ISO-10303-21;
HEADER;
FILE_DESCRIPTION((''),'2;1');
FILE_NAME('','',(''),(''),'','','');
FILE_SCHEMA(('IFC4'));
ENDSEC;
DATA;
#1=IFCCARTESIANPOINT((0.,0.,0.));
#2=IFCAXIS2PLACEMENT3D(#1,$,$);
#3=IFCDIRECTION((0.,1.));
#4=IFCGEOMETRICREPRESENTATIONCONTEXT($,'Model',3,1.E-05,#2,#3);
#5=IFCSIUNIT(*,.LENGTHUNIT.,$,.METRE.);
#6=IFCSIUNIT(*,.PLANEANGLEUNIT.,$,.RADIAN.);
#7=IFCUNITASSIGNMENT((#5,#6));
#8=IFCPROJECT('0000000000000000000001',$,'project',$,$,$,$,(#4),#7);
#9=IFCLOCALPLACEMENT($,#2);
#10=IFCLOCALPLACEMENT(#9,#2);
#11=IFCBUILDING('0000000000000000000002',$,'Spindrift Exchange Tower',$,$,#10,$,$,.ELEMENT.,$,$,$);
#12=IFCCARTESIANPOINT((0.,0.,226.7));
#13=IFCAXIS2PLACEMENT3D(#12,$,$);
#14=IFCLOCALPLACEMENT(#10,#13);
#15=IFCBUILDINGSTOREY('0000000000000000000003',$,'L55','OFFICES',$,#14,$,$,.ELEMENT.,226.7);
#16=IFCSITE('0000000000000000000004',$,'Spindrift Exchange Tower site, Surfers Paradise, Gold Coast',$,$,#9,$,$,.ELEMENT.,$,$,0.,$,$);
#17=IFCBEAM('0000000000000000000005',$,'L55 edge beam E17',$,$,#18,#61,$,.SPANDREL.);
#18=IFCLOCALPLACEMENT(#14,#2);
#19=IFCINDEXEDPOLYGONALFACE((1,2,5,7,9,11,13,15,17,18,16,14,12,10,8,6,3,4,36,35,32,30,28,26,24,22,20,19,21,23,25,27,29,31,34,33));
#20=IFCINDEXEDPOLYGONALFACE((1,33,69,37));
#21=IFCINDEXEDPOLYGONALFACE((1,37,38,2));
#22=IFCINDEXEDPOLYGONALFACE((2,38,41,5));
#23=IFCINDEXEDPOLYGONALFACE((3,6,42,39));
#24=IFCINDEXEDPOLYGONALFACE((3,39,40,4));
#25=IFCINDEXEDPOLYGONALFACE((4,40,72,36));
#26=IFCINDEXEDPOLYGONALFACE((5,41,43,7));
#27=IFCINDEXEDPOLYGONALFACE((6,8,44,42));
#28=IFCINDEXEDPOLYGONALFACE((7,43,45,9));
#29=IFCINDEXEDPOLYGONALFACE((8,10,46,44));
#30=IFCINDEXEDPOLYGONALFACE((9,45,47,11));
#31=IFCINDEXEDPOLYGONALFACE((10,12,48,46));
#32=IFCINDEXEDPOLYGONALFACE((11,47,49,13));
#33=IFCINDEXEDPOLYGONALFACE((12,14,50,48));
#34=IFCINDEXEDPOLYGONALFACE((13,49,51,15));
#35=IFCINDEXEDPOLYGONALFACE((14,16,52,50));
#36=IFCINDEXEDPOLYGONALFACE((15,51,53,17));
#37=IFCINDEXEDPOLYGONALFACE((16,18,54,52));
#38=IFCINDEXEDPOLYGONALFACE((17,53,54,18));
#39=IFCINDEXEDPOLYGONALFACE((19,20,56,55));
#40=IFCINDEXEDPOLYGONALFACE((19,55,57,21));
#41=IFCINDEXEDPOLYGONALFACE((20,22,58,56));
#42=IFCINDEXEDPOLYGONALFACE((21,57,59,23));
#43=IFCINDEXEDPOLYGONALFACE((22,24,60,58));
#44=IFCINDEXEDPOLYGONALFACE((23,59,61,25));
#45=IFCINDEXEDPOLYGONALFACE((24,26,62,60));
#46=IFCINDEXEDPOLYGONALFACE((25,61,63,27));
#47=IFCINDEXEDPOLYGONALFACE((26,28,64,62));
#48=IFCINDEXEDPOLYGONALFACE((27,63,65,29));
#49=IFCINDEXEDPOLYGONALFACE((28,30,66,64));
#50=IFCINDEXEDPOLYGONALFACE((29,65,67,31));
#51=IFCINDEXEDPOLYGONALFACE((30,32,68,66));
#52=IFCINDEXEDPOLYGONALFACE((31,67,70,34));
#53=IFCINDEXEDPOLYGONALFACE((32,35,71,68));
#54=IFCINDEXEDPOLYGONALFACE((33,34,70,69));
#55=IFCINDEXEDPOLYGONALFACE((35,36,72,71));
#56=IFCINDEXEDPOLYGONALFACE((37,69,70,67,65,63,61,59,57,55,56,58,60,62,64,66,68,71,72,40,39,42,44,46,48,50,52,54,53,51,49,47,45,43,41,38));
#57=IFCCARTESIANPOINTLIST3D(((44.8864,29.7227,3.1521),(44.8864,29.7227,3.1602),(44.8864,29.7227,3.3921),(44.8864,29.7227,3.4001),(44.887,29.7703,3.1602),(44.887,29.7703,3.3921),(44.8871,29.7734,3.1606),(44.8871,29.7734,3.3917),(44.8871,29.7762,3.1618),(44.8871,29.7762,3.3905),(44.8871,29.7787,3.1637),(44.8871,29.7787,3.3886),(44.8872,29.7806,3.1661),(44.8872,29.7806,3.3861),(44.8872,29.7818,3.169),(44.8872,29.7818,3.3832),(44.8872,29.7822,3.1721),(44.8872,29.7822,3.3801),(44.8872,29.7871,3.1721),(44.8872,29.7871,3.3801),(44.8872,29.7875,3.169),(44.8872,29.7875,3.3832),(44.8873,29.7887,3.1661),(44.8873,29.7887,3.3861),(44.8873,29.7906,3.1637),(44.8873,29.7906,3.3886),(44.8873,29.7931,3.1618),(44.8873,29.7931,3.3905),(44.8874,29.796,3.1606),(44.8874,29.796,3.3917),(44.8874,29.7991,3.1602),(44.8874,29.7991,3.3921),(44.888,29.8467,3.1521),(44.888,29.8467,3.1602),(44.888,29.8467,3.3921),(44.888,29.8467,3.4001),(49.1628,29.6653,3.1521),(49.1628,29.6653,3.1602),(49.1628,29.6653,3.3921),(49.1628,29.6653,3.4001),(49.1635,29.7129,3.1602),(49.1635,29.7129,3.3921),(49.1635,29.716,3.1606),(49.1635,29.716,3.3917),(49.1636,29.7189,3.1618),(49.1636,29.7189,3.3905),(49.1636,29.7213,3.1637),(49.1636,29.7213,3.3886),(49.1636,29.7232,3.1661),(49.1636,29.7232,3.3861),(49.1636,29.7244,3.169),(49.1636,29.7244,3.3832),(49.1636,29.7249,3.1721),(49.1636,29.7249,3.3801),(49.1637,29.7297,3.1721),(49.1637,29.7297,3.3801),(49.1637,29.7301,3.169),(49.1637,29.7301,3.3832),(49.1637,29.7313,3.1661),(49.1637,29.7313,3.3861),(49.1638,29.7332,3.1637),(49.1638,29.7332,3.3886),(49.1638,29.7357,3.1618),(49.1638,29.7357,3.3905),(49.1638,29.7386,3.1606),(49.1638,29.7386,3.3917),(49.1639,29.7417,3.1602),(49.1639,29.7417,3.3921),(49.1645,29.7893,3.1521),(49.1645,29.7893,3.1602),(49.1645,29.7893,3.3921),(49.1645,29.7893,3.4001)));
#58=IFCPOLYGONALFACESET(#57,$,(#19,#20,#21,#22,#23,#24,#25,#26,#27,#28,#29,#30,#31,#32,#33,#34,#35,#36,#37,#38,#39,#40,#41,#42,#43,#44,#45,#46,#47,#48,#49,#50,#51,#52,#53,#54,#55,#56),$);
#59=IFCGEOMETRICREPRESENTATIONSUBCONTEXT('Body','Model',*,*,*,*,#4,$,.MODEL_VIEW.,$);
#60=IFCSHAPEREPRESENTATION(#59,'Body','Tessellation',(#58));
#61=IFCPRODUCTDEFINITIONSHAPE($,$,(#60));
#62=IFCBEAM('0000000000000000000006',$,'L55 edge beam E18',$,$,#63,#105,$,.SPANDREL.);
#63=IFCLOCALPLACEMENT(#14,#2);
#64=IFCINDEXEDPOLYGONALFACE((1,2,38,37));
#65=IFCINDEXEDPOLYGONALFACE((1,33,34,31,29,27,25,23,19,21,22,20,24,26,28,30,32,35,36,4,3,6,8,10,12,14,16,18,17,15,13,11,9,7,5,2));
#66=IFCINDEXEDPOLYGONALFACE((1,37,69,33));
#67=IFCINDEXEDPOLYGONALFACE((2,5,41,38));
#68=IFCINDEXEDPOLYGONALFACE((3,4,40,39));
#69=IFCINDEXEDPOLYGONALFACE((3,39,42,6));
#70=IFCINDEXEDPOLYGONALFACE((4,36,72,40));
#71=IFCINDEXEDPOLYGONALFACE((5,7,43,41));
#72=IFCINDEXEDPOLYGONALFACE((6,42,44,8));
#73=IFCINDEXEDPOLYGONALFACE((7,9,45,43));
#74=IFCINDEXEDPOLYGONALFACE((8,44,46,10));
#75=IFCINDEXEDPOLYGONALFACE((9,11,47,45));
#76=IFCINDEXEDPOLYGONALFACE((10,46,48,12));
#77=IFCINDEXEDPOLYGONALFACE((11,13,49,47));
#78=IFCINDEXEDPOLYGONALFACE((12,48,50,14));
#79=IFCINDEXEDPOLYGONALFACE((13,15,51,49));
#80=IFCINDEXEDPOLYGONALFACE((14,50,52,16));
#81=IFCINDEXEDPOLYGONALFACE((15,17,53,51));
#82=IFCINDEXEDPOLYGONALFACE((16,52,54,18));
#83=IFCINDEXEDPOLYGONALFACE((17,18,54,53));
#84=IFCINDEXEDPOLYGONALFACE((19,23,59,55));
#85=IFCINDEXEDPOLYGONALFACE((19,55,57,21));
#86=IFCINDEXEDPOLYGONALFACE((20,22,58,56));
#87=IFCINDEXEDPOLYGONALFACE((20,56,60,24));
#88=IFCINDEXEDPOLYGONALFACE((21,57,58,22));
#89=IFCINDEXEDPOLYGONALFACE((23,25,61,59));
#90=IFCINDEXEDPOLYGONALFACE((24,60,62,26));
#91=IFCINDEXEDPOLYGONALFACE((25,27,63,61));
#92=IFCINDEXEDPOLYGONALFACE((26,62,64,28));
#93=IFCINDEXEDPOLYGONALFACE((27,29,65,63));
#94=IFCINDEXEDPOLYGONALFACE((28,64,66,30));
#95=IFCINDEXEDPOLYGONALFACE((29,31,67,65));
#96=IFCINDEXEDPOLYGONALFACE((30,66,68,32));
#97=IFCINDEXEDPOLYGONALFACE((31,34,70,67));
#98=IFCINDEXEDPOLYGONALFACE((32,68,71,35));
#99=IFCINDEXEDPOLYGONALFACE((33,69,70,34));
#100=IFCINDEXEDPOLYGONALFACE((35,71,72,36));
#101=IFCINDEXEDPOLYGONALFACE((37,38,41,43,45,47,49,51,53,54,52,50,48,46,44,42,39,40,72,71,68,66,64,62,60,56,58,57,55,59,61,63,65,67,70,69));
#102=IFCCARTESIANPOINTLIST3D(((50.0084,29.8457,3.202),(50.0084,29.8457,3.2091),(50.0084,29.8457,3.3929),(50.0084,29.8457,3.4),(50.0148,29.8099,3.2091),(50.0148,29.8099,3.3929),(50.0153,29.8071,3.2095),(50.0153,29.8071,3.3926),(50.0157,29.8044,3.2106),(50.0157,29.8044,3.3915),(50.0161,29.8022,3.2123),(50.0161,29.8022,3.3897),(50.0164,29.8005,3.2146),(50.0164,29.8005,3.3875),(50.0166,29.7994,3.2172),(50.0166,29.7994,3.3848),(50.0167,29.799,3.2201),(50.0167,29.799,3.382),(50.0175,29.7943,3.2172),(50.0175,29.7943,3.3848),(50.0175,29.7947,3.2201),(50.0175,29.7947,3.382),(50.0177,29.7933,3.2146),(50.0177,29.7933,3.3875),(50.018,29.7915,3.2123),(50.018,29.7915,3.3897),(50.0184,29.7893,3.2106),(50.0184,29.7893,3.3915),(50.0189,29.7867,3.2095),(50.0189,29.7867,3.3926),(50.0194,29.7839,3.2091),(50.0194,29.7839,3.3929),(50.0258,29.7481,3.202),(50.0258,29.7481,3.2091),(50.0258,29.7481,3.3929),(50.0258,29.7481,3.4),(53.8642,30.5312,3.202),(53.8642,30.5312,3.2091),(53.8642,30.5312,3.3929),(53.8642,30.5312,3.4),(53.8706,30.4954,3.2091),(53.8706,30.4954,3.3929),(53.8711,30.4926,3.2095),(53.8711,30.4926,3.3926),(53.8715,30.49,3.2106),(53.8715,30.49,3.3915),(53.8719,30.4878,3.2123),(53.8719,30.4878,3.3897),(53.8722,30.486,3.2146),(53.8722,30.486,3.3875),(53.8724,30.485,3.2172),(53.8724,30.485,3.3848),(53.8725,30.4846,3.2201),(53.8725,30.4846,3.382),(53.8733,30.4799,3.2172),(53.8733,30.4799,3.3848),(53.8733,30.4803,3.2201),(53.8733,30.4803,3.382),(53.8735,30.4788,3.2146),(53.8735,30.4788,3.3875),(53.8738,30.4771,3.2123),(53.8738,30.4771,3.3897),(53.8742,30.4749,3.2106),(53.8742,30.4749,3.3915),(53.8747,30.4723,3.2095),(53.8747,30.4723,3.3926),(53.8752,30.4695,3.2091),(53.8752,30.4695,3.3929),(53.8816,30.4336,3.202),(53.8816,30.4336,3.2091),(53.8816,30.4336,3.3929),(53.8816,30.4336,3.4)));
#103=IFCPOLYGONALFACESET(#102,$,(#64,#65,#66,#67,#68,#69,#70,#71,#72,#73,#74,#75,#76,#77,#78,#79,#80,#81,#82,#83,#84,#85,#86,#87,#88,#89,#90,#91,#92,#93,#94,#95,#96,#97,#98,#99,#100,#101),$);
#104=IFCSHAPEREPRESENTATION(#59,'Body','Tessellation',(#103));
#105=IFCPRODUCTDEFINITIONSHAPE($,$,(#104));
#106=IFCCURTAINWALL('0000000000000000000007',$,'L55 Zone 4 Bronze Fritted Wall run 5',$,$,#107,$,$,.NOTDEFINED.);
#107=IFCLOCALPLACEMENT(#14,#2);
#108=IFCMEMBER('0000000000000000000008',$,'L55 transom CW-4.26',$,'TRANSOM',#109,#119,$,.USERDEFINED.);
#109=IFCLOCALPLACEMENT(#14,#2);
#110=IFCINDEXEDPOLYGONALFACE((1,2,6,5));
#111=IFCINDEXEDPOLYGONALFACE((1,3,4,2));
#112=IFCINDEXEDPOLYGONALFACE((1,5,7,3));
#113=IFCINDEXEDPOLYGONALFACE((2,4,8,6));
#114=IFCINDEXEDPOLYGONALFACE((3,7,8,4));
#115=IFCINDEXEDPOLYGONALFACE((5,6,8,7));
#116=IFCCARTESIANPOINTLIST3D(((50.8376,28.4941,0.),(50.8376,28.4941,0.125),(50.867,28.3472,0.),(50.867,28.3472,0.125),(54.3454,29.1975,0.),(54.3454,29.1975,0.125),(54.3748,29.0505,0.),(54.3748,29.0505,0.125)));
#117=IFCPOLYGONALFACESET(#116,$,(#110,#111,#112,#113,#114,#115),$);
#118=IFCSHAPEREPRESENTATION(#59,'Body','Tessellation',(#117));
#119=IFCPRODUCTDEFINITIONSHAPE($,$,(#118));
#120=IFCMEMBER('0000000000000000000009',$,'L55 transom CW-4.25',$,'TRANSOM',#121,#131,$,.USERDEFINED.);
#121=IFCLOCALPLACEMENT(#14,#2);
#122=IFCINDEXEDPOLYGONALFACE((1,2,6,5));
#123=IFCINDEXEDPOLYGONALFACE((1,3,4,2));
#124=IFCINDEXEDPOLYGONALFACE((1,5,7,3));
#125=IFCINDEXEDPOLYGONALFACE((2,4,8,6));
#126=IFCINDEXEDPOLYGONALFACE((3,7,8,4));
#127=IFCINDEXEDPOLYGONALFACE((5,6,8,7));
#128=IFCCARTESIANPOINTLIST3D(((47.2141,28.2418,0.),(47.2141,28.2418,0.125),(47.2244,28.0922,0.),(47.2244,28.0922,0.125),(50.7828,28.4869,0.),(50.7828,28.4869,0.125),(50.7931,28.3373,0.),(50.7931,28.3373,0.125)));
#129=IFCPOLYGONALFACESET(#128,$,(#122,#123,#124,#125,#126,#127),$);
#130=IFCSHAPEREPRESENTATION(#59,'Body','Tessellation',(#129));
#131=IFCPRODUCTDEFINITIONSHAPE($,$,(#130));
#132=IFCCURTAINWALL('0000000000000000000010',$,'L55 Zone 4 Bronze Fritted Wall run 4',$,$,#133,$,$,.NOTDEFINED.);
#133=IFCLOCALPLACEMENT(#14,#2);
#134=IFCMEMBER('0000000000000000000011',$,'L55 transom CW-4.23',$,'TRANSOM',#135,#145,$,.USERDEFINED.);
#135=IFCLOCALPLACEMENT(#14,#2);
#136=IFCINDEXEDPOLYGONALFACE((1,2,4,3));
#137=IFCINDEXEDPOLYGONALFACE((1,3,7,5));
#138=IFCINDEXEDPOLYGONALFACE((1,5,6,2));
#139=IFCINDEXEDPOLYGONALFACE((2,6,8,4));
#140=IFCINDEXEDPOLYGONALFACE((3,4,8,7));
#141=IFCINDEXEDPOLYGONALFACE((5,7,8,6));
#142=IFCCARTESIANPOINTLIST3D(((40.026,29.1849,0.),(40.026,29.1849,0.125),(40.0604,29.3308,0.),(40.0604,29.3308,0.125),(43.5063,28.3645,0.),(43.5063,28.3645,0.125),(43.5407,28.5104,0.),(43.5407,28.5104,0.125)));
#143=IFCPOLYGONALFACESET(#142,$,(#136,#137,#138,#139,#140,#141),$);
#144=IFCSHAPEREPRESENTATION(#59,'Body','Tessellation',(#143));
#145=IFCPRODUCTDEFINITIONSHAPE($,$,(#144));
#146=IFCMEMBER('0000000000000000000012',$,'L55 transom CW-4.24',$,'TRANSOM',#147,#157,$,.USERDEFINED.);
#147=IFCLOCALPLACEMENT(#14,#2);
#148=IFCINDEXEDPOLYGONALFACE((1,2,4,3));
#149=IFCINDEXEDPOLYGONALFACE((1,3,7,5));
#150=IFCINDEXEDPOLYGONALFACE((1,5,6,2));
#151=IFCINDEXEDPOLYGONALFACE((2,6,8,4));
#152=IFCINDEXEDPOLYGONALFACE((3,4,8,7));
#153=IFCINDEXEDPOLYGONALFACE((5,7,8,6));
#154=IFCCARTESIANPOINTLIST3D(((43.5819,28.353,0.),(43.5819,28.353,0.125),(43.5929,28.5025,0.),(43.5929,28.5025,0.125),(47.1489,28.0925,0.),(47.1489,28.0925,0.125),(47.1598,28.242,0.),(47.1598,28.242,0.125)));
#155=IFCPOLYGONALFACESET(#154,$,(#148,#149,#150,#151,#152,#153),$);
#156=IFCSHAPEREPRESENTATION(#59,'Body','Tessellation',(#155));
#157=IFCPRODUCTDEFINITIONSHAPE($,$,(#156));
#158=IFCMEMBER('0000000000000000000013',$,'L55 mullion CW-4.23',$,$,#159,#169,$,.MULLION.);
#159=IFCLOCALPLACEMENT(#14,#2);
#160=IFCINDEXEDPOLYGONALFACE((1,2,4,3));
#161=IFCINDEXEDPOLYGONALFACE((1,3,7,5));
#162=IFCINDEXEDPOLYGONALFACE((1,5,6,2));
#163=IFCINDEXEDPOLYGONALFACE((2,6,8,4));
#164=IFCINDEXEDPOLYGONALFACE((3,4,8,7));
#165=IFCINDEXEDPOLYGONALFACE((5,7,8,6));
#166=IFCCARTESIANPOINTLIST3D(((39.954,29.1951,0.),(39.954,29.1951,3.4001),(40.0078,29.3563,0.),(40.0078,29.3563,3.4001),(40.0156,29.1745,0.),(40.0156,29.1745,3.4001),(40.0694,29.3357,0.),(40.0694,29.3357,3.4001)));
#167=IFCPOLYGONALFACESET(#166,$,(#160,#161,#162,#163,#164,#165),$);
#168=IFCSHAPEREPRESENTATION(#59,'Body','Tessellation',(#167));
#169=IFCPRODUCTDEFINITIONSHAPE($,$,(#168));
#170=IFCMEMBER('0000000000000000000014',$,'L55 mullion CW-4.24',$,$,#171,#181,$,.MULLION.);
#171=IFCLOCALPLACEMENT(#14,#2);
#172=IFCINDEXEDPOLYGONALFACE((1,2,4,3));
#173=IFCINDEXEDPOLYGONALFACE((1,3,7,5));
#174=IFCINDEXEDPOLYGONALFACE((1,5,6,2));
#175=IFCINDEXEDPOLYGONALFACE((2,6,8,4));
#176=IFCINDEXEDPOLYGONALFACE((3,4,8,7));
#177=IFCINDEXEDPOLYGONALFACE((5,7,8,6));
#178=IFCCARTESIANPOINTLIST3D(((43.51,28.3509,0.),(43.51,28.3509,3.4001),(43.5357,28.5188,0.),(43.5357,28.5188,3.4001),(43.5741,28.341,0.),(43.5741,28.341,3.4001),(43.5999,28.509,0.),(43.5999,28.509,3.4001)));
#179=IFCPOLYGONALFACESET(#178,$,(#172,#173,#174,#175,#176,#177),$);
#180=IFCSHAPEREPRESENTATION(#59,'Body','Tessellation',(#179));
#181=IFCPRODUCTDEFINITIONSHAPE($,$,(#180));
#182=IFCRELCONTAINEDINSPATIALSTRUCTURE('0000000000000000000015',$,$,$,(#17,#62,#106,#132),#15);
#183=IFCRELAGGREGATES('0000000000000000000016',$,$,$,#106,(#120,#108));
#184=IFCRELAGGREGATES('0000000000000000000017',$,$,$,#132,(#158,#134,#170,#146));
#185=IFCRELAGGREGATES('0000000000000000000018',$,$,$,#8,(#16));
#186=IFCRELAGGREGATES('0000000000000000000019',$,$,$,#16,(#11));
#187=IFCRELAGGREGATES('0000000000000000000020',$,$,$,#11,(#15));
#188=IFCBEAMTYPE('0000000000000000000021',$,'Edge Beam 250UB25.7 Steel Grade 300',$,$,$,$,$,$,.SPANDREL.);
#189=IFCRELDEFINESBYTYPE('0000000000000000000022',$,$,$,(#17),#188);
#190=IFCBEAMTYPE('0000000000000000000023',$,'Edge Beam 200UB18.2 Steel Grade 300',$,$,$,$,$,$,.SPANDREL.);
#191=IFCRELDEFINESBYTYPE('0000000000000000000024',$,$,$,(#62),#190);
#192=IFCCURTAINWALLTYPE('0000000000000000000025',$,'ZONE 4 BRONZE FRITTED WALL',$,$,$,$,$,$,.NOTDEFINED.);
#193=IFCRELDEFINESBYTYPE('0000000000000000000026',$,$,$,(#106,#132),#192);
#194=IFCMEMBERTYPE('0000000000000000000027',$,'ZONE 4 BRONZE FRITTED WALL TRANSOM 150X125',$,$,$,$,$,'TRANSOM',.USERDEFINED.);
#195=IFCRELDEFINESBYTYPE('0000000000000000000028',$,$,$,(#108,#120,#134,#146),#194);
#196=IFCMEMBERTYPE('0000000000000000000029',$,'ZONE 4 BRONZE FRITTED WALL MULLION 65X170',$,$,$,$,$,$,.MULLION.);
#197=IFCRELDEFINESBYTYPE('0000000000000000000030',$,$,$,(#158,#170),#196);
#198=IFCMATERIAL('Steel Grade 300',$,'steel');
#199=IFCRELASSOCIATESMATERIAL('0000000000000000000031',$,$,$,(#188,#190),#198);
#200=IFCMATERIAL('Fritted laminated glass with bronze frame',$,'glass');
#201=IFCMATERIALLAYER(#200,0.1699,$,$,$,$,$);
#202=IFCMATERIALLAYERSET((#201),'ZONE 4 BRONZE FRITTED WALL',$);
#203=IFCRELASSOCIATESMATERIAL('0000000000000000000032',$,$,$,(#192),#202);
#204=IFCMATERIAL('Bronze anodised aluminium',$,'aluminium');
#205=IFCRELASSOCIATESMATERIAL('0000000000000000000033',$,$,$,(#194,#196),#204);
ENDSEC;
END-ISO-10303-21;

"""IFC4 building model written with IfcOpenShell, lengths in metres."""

from ifc_helpers import new_model, si_unit, direction, frame, origin, origin_2d, place, context, subcontext, project, spatial, rectangle, i_section, extrude, source, transform, mapped, material, layer, layer_set, material_profile, profile_set, type_object, element, aggregate, save


model = new_model("IFC4")

# Units and contexts
model_context = context("Model", 3, precision=1e-05, world=origin(), true_north=direction((0.0, 1.0)))
body_context = subcontext(model_context, "Body", "Model", "MODEL_VIEW")
ifc_project = project(units=[si_unit("LENGTHUNIT", "METRE"), si_unit("PLANEANGLEUNIT", "RADIAN")], contexts=[model_context])

# Site, building, storey
site_placement = place(None, origin())
site = spatial("IfcSite", under=ifc_project, at=site_placement, Name="Spindrift Exchange Tower site, Surfers Paradise, Gold Coast", CompositionType="ELEMENT", RefElevation=0.0)
building_placement = place(site_placement, origin())
building = spatial("IfcBuilding", under=site, at=building_placement, Name="Spindrift Exchange Tower", CompositionType="ELEMENT")
storey_placement = place(building_placement, frame((0.0, 0.0, 226.7)))
storey = spatial("IfcBuildingStorey", under=building, at=storey_placement, Name="L55", Description="OFFICES", CompositionType="ELEMENT", Elevation=226.7)

# Beams
ifc_material_1 = material(Name="Steel Grade 300", Category="steel")
ifc_material_profile_1 = material_profile(ifc_material_1, i_section(OverallWidth=0.124, OverallDepth=0.248, WebThickness=0.0049, FlangeThickness=0.0081, FilletRadius=0.012, at=origin_2d()), Name="250UB25.7")
ifc_profile_set_1 = profile_set([ifc_material_profile_1], Name="Steel Grade 300")
beam_type_1 = type_object("IfcBeamType", Name="Edge Beam 250UB25.7 Steel Grade 300", PredefinedType="SPANDREL", material=ifc_profile_set_1)
shared_shape_1 = source(origin(), body_context, "Body", "SweptSolid", [
    extrude(i_section(OverallWidth=0.124, OverallDepth=0.248, WebThickness=0.0049, FlangeThickness=0.0081, FilletRadius=0.012, at=origin_2d()), origin(), (0.0, 0.0, 1.0), 4.2769),
])
beam_1_placement = place(storey_placement, frame((44.8872, 29.7847, 3.2761), z_axis=(0.99991, -0.013415, 0.0), x_axis=(0.013415, 0.99991, 0.0)))
element("IfcBeam", 1, at=beam_1_placement, inside=storey, type_object=beam_type_1, Name="L55 edge beam E17", PredefinedType="SPANDREL", context=body_context, shape_type="MappedRepresentation", body=[
    mapped(shared_shape_1, transform((0.0, 0.0, 0.0), scale=1.0)),
])
ifc_material_profile_2 = material_profile(ifc_material_1, i_section(OverallWidth=0.0991, OverallDepth=0.198, WebThickness=0.0044, FlangeThickness=0.0071, FilletRadius=0.011, at=origin_2d()), Name="200UB18.2")
ifc_profile_set_2 = profile_set([ifc_material_profile_2], Name="Steel Grade 300")
beam_type_2 = type_object("IfcBeamType", Name="Edge Beam 200UB18.2 Steel Grade 300", PredefinedType="SPANDREL", material=ifc_profile_set_2)
shared_shape_2 = source(origin(), body_context, "Body", "SweptSolid", [
    extrude(i_section(OverallWidth=0.0991, OverallDepth=0.198, WebThickness=0.0044, FlangeThickness=0.0071, FilletRadius=0.011, at=origin_2d()), origin(), (0.0, 0.0, 1.0), 3.9163),
])
beam_2_placement = place(storey_placement, frame((50.0171, 29.7969, 3.301), z_axis=(0.984559, 0.175055, 0.0), x_axis=(-0.175055, 0.984559, 0.0)))
element("IfcBeam", 2, at=beam_2_placement, inside=storey, type_object=beam_type_2, Name="L55 edge beam E18", PredefinedType="SPANDREL", context=body_context, shape_type="MappedRepresentation", body=[
    mapped(shared_shape_2, transform((0.0, 0.0, 0.0), scale=1.0)),
])

# Curtain walls, members
ifc_material_2 = material(Name="Fritted laminated glass with bronze frame", Category="glass")
ifc_layer_1 = layer(ifc_material_2, 0.1699)
ifc_layer_set_1 = layer_set([ifc_layer_1], Name="ZONE 4 BRONZE FRITTED WALL")
curtain_wall_type = type_object("IfcCurtainWallType", Name="ZONE 4 BRONZE FRITTED WALL", PredefinedType="NOTDEFINED", material=ifc_layer_set_1)
curtain_wall_1_placement = place(storey_placement, origin())
curtain_wall_1 = element("IfcCurtainWall", 3, at=curtain_wall_1_placement, inside=storey, type_object=curtain_wall_type, Name="L55 Zone 4 Bronze Fritted Wall run 5", PredefinedType="NOTDEFINED")
ifc_material_3 = material(Name="Bronze anodised aluminium", Category="aluminium")
ifc_material_profile_3 = material_profile(ifc_material_3, rectangle(XDim=0.1499, YDim=0.125, at=origin_2d()), Name="ZONE 4 BRONZE FRITTED WALL TRANSOM 150X125")
ifc_profile_set_3 = profile_set([ifc_material_profile_3], Name="Bronze anodised aluminium")
member_type_1 = type_object("IfcMemberType", Name="ZONE 4 BRONZE FRITTED WALL TRANSOM 150X125", ElementType="TRANSOM", PredefinedType="USERDEFINED", material=ifc_profile_set_3)
shared_shape_3 = source(origin(), body_context, "Body", "SweptSolid", [
    extrude(rectangle(XDim=0.1499, YDim=0.125, at=origin_2d()), origin(), (0.0, 0.0, 1.0), 3.5776),
])
member_1_placement = place(storey_placement, frame((50.8523, 28.4207, 0.0625), z_axis=(0.980483, 0.196602, 0.0), x_axis=(-0.196602, 0.980483, 0.0)))
member_1 = element("IfcMember", 4, at=member_1_placement, type_object=member_type_1, Name="L55 transom CW-4.26", ObjectType="TRANSOM", PredefinedType="USERDEFINED", context=body_context, shape_type="MappedRepresentation", body=[
    mapped(shared_shape_3, transform((0.0, 0.0, 0.0), scale=1.0)),
])
shared_shape_4 = source(origin(), body_context, "Body", "SweptSolid", [
    extrude(rectangle(XDim=0.1499, YDim=0.125, at=origin_2d()), origin(), (0.0, 0.0, 1.0), 3.5771),
])
member_2_placement = place(storey_placement, frame((47.2192, 28.167, 0.0625), z_axis=(0.99765, 0.068521, 0.0), x_axis=(-0.068521, 0.99765, 0.0)))
member_2 = element("IfcMember", 5, at=member_2_placement, type_object=member_type_1, Name="L55 transom CW-4.25", ObjectType="TRANSOM", PredefinedType="USERDEFINED", context=body_context, shape_type="MappedRepresentation", body=[
    mapped(shared_shape_4, transform((0.0, 0.0, 0.0), scale=1.0)),
])
curtain_wall_2_placement = place(storey_placement, origin())
curtain_wall_2 = element("IfcCurtainWall", 6, at=curtain_wall_2_placement, inside=storey, type_object=curtain_wall_type, Name="L55 Zone 4 Bronze Fritted Wall run 4", PredefinedType="NOTDEFINED")
shared_shape_5 = source(origin(), body_context, "Body", "SweptSolid", [
    extrude(rectangle(XDim=0.1499, YDim=0.125, at=origin_2d()), origin(), (0.0, 0.0, 1.0), 3.5757),
])
member_3_placement = place(storey_placement, frame((40.0432, 29.2578, 0.0625), z_axis=(0.973328, -0.22942, 0.0), x_axis=(0.22942, 0.973328, 0.0)))
member_3 = element("IfcMember", 7, at=member_3_placement, type_object=member_type_1, Name="L55 transom CW-4.23", ObjectType="TRANSOM", PredefinedType="USERDEFINED", context=body_context, shape_type="MappedRepresentation", body=[
    mapped(shared_shape_5, transform((0.0, 0.0, 0.0), scale=1.0)),
])
shared_shape_6 = source(origin(), body_context, "Body", "SweptSolid", [
    extrude(rectangle(XDim=0.1499, YDim=0.125, at=origin_2d()), origin(), (0.0, 0.0, 1.0), 3.5764),
])
member_4_placement = place(storey_placement, frame((43.5874, 28.4277, 0.0625), z_axis=(0.997344, -0.072838, 0.0), x_axis=(0.072838, 0.997344, 0.0)))
member_4 = element("IfcMember", 8, at=member_4_placement, type_object=member_type_1, Name="L55 transom CW-4.24", ObjectType="TRANSOM", PredefinedType="USERDEFINED", context=body_context, shape_type="MappedRepresentation", body=[
    mapped(shared_shape_6, transform((0.0, 0.0, 0.0), scale=1.0)),
])
ifc_material_profile_4 = material_profile(ifc_material_3, rectangle(XDim=0.0649, YDim=0.1699, at=origin_2d()), Name="ZONE 4 BRONZE FRITTED WALL MULLION 65X170")
ifc_profile_set_4 = profile_set([ifc_material_profile_4], Name="Bronze anodised aluminium")
member_type_2 = type_object("IfcMemberType", Name="ZONE 4 BRONZE FRITTED WALL MULLION 65X170", PredefinedType="MULLION", material=ifc_profile_set_4)
shared_shape_7 = source(origin(), body_context, "Body", "SweptSolid", [
    extrude(rectangle(XDim=0.0649, YDim=0.1699, at=origin_2d()), origin(), (0.0, 0.0, 1.0), 3.4001),
])
member_5_placement = place(storey_placement, frame((40.0117, 29.2654, 0.0), z_axis=(0.0, 0.0, 1.0), x_axis=(0.948577, -0.316546, 0.0)))
member_5 = element("IfcMember", 9, at=member_5_placement, type_object=member_type_2, Name="L55 mullion CW-4.23", PredefinedType="MULLION", context=body_context, shape_type="MappedRepresentation", body=[
    mapped(shared_shape_7, transform((0.0, 0.0, 0.0), scale=1.0)),
])
member_6_placement = place(storey_placement, frame((43.5549, 28.4299, 0.0), z_axis=(0.0, 0.0, 1.0), x_axis=(0.98844, -0.151613, 0.0)))
member_6 = element("IfcMember", 10, at=member_6_placement, type_object=member_type_2, Name="L55 mullion CW-4.24", PredefinedType="MULLION", context=body_context, shape_type="MappedRepresentation", body=[
    mapped(shared_shape_7, transform((0.0, 0.0, 0.0), scale=1.0)),
])

aggregate(curtain_wall_1, [member_2, member_1])
aggregate(curtain_wall_2, [member_5, member_3, member_6, member_4])

save(model, "model.ifc")
